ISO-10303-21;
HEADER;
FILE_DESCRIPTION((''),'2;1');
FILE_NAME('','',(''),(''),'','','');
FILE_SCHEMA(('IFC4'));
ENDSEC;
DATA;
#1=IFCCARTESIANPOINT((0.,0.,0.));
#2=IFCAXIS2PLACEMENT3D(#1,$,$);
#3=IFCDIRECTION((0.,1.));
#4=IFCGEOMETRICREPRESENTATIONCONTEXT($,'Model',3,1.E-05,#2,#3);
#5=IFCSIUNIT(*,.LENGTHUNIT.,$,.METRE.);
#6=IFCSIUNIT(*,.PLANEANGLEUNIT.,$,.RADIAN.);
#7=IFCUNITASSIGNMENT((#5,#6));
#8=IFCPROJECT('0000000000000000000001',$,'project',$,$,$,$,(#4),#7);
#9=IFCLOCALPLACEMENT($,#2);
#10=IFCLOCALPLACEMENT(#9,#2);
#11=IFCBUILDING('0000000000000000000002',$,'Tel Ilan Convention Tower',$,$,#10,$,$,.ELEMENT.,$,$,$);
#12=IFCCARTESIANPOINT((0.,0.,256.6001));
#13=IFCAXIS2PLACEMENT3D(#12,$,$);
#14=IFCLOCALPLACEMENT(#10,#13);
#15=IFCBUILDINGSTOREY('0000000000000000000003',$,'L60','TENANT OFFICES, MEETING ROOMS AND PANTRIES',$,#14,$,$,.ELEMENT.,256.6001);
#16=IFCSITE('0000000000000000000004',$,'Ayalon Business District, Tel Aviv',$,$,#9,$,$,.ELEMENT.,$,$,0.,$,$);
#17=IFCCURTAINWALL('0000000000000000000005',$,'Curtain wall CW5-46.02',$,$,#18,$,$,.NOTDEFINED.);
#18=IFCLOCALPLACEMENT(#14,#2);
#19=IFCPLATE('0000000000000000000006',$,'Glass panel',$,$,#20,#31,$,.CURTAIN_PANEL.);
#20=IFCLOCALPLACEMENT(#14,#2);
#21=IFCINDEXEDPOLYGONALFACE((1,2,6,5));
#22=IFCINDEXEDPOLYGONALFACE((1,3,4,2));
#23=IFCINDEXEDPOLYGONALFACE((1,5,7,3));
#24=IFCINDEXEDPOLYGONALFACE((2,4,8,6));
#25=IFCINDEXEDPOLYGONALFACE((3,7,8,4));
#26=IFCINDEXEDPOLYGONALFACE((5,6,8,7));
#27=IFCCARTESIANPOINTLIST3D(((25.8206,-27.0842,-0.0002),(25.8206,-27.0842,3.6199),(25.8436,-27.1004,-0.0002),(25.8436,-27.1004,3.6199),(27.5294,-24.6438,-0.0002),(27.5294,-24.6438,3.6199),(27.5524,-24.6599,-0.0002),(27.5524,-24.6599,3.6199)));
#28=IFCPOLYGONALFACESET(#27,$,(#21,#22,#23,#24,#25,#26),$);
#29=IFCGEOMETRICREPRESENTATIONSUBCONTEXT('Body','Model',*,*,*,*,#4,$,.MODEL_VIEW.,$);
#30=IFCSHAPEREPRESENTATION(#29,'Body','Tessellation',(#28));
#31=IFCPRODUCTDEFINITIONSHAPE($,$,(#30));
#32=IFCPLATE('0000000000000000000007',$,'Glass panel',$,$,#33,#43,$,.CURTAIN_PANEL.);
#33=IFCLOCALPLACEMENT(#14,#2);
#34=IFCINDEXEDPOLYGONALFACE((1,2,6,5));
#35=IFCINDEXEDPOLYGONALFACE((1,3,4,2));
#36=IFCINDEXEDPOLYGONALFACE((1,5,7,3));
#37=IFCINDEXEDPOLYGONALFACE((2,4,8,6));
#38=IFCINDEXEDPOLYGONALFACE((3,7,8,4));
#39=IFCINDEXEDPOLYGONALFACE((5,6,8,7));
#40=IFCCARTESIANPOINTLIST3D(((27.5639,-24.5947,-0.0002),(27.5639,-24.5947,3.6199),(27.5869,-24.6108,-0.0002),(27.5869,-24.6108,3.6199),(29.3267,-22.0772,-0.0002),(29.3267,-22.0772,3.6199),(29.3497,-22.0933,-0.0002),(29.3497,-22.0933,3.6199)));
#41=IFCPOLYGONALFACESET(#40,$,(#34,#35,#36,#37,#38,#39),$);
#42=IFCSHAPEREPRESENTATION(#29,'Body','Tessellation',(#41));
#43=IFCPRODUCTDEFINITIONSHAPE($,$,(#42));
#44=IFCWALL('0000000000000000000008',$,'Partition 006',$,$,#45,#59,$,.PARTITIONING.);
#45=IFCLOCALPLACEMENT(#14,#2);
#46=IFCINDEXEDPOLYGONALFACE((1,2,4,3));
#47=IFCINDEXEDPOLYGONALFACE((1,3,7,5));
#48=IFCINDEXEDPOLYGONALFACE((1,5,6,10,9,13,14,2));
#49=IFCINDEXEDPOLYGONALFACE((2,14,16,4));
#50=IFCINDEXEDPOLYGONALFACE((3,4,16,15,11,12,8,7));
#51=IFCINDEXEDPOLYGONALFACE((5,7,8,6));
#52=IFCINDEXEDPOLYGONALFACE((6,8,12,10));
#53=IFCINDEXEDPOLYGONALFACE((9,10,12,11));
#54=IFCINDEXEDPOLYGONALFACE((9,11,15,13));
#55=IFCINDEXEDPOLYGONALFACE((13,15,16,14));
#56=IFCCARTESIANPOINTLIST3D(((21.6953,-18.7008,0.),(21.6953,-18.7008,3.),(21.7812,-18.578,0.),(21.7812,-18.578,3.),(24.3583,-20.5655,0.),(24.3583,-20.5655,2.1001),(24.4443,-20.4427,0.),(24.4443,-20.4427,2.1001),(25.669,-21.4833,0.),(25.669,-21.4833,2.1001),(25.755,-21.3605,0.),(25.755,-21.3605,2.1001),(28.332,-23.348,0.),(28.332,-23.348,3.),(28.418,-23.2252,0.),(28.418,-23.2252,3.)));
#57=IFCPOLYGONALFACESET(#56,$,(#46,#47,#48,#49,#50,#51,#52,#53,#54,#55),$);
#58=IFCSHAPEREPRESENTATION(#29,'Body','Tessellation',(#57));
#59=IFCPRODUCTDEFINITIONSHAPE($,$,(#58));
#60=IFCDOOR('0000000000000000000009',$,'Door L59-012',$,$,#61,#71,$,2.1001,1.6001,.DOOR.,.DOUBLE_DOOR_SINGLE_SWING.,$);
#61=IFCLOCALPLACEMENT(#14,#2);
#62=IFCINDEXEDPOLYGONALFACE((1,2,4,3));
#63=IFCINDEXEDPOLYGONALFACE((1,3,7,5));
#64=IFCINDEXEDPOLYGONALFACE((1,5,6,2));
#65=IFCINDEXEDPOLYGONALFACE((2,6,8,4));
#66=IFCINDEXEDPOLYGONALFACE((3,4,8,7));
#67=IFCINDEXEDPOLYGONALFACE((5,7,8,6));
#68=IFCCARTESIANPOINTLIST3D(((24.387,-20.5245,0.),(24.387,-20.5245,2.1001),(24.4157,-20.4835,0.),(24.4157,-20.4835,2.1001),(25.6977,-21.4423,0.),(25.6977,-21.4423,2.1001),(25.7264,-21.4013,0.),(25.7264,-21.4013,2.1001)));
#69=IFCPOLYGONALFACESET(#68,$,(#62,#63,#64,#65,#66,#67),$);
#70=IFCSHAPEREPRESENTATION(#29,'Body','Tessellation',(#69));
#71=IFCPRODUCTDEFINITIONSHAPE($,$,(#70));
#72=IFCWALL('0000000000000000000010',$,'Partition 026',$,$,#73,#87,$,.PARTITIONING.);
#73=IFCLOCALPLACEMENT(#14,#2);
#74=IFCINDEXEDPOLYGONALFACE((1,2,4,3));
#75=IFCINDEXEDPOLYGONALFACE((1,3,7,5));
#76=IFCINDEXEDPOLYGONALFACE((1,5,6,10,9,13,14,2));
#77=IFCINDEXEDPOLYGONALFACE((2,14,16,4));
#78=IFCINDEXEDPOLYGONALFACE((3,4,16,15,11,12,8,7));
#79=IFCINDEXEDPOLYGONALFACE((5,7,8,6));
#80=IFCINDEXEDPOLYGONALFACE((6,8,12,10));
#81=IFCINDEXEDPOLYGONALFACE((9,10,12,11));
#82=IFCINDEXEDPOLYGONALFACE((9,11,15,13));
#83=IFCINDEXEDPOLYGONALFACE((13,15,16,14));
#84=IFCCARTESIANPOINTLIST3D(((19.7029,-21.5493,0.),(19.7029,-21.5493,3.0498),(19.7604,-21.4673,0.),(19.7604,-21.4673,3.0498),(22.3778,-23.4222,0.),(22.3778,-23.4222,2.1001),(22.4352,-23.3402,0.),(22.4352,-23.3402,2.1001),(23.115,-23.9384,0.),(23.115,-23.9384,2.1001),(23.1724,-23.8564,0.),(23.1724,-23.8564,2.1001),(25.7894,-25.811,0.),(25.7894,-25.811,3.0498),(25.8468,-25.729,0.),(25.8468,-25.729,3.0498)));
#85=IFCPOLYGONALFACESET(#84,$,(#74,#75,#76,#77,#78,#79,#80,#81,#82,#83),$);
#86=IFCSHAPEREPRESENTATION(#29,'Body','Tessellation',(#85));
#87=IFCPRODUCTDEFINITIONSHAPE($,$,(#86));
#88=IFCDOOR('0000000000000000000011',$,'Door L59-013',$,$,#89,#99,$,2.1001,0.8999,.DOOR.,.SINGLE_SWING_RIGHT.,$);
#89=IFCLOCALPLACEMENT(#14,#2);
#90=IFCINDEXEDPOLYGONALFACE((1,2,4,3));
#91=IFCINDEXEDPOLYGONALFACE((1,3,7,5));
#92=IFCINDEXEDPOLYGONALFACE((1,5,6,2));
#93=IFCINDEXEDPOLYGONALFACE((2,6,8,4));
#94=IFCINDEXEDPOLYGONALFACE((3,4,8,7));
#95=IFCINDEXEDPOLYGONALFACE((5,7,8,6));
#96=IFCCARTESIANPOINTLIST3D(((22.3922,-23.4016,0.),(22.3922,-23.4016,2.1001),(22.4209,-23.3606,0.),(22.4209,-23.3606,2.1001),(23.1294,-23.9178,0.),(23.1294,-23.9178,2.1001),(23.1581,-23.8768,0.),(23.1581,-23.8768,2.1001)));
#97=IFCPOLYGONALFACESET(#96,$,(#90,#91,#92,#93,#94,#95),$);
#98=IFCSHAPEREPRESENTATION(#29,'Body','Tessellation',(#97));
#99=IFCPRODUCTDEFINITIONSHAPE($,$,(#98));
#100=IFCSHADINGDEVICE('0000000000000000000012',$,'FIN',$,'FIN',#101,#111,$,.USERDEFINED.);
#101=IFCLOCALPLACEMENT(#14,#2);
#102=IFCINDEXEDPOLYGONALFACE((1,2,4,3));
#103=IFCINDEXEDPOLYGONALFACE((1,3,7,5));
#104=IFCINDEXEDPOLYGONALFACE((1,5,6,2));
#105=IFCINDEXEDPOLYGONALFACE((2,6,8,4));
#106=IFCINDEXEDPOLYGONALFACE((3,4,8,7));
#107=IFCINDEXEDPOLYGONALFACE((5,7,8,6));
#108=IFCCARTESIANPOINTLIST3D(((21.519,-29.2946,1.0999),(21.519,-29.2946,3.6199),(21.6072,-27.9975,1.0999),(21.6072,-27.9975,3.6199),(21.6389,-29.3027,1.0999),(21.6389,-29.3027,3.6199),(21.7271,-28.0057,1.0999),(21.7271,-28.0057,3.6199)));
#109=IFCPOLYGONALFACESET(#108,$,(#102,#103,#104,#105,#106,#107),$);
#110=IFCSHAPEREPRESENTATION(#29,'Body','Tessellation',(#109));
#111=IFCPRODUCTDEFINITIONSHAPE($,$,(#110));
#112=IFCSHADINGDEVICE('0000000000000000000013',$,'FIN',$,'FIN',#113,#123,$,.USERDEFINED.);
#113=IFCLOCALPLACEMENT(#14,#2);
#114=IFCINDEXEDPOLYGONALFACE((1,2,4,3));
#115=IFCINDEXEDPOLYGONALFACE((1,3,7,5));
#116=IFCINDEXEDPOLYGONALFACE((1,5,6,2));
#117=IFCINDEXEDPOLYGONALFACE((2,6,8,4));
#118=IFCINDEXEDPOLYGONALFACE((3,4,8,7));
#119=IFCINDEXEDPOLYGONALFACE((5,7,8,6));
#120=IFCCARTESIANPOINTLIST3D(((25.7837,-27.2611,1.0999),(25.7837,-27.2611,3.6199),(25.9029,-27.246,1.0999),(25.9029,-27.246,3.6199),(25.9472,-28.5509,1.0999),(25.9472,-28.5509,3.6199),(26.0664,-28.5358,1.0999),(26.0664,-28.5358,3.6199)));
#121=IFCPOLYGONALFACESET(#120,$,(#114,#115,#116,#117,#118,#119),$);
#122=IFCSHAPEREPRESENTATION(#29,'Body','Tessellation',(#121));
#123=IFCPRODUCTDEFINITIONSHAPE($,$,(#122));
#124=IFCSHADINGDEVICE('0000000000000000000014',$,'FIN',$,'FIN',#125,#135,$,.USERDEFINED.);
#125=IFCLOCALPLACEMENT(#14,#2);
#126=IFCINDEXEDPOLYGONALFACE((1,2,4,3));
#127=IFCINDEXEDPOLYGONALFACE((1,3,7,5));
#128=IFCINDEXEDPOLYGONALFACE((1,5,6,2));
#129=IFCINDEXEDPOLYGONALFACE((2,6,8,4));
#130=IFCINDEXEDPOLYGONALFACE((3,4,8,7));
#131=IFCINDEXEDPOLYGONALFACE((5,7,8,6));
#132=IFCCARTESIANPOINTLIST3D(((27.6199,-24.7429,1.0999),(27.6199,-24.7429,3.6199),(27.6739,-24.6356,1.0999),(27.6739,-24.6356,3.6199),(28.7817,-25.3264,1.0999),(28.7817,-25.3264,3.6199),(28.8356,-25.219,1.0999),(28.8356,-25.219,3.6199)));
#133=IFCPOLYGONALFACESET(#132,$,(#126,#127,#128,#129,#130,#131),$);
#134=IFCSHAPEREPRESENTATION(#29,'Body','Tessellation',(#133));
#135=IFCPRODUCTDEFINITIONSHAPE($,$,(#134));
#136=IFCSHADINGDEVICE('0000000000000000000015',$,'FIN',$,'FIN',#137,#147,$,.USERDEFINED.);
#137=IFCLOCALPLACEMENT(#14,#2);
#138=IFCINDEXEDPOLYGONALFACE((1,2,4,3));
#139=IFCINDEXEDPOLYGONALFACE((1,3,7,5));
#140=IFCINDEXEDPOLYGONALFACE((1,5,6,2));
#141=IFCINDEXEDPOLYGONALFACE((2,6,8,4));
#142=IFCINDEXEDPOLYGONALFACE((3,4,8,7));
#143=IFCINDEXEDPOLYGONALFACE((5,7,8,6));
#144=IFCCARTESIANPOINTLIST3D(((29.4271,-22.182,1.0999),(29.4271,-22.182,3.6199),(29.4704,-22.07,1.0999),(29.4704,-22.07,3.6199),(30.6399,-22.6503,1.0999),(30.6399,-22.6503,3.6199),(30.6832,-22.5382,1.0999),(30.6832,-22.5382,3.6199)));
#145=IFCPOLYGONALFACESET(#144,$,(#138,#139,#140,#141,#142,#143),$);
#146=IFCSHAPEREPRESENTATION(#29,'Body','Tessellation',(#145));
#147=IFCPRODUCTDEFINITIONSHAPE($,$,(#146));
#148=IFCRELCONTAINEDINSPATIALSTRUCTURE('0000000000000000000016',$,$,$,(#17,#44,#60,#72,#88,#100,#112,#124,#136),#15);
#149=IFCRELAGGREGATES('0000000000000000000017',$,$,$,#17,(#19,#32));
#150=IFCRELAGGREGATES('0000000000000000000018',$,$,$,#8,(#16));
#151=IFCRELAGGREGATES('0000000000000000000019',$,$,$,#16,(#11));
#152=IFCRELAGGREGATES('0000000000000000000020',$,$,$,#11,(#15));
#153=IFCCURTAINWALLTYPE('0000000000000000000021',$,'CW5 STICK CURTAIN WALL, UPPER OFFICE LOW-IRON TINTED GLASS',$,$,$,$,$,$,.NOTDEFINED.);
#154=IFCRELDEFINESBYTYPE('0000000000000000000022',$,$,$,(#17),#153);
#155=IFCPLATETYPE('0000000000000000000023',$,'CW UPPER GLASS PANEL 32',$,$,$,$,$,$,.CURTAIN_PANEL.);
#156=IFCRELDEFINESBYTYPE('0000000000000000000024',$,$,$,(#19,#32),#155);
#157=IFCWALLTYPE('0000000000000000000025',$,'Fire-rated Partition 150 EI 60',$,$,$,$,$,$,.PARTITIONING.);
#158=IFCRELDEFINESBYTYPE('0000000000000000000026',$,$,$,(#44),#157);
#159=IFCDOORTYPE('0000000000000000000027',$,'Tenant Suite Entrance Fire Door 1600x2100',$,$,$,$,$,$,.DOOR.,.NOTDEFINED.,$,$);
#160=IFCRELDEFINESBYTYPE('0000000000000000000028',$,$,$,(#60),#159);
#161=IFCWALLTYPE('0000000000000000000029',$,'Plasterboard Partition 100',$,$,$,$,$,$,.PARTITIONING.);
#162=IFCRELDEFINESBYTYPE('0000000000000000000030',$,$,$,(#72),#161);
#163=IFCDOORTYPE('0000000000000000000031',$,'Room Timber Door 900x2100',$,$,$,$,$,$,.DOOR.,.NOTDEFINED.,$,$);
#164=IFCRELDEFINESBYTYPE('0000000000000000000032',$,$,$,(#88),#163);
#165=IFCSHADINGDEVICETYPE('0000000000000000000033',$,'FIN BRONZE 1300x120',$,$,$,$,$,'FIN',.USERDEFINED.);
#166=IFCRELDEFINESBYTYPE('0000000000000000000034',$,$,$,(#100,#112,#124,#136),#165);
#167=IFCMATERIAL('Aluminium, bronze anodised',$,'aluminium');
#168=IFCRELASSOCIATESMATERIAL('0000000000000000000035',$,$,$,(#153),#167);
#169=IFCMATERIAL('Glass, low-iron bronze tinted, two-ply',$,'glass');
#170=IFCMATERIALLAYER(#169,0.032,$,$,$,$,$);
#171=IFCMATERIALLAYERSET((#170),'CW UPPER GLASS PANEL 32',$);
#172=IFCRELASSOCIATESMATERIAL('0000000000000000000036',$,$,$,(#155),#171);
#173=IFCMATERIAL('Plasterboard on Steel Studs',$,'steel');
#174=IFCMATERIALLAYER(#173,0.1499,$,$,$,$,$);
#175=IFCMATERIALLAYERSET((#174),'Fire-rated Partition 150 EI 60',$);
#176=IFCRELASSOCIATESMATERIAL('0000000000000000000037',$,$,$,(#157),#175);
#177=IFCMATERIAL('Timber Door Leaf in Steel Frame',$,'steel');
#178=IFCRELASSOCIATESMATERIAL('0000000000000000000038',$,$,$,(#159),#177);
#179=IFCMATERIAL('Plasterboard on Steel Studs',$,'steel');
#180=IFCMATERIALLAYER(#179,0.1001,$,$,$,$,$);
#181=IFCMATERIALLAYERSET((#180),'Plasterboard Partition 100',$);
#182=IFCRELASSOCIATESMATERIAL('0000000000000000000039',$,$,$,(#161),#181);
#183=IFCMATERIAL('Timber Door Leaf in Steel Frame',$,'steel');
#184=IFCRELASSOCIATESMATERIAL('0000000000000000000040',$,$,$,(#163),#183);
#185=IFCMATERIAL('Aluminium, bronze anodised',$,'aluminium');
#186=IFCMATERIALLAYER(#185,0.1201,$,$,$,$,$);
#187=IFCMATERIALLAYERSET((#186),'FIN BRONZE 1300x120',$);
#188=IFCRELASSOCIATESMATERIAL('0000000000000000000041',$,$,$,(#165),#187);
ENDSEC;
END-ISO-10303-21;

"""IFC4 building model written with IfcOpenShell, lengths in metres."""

from ifc_helpers import new_model, si_unit, direction, frame, frame_2d, origin, origin_2d, place, context, subcontext, project, spatial, rectangle, extrude, material, layer, layer_set, type_object, element, fill, aggregate, save


model = new_model("IFC4")

# Units and contexts
model_context = context("Model", 3, precision=1e-05, world=origin(), true_north=direction((0.0, 1.0)))
body_context = subcontext(model_context, "Body", "Model", "MODEL_VIEW")
ifc_project = project(units=[si_unit("LENGTHUNIT", "METRE"), si_unit("PLANEANGLEUNIT", "RADIAN")], contexts=[model_context])

# Site, building, storey
site_placement = place(None, origin())
site = spatial("IfcSite", under=ifc_project, at=site_placement, Name="Ayalon Business District, Tel Aviv", CompositionType="ELEMENT", RefElevation=0.0)
building_placement = place(site_placement, origin())
building = spatial("IfcBuilding", under=site, at=building_placement, Name="Tel Ilan Convention Tower", CompositionType="ELEMENT")
storey_placement = place(building_placement, frame((0.0, 0.0, 256.6001)))
storey = spatial("IfcBuildingStorey", under=building, at=storey_placement, Name="L60", Description="TENANT OFFICES, MEETING ROOMS AND PANTRIES", CompositionType="ELEMENT", Elevation=256.6001)

# Curtain wall, plates
ifc_material_1 = material(Name="Aluminium, bronze anodised", Category="aluminium")
curtain_wall_type = type_object("IfcCurtainWallType", Name="CW5 STICK CURTAIN WALL, UPPER OFFICE LOW-IRON TINTED GLASS", PredefinedType="NOTDEFINED", material=ifc_material_1)
curtain_wall_placement = place(storey_placement, origin())
curtain_wall = element("IfcCurtainWall", 1, at=curtain_wall_placement, inside=storey, type_object=curtain_wall_type, Name="Curtain wall CW5-46.02", PredefinedType="NOTDEFINED")
ifc_material_2 = material(Name="Glass, low-iron bronze tinted, two-ply", Category="glass")
ifc_layer_1 = layer(ifc_material_2, 0.032)
ifc_layer_set_1 = layer_set([ifc_layer_1], Name="CW UPPER GLASS PANEL 32")
plate_type = type_object("IfcPlateType", Name="CW UPPER GLASS PANEL 32", PredefinedType="CURTAIN_PANEL", material=ifc_layer_set_1)
plate_1_placement = place(storey_placement, frame((26.6865, -25.8721, -0.0002), z_axis=(0.0, 0.0, 1.0), x_axis=(0.573576, 0.819152, 0.0)))
plate_1 = element("IfcPlate", 2, at=plate_1_placement, type_object=plate_type, Name="Glass panel", PredefinedType="CURTAIN_PANEL", context=body_context, shape_type="SweptSolid", body=[
    extrude(rectangle(XDim=2.9792, YDim=0.0281, at=origin_2d()), origin(), (0.0, 0.0, 1.0), 3.6201),
])
plate_2_placement = place(storey_placement, frame((28.4568, -23.344, -0.0002), z_axis=(0.0, 0.0, 1.0), x_axis=(0.573576, 0.819152, 0.0)))
plate_2 = element("IfcPlate", 3, at=plate_2_placement, type_object=plate_type, Name="Glass panel", PredefinedType="CURTAIN_PANEL", context=body_context, shape_type="SweptSolid", body=[
    extrude(rectangle(XDim=3.0732, YDim=0.0281, at=origin_2d()), origin(), (0.0, 0.0, 1.0), 3.6201),
])
aggregate(curtain_wall, [plate_1, plate_2])

# Walls, openings, doors
ifc_material_3 = material(Name="Plasterboard on Steel Studs", Category="steel")
ifc_layer_2 = layer(ifc_material_3, 0.1499)
ifc_layer_set_2 = layer_set([ifc_layer_2], Name="Fire-rated Partition 150 EI 60")
wall_type_1 = type_object("IfcWallType", Name="Fire-rated Partition 150 EI 60", PredefinedType="PARTITIONING", material=ifc_layer_set_2)
wall_1_placement = place(storey_placement, frame((28.375, -23.2866, 0.0), z_axis=(0.0, 0.0, 1.0), x_axis=(-0.819144, 0.573588, 0.0)))
wall_1 = element("IfcWall", 4, at=wall_1_placement, inside=storey, type_object=wall_type_1, Name="Partition 006", PredefinedType="PARTITIONING", context=body_context, shape_type="SweptSolid", body=[
    extrude(rectangle(XDim=8.1021, YDim=0.1499, at=frame_2d((4.051, 0.0))), origin(), (0.0, 0.0, 1.0), 3.0),
])
opening_1_placement = place(wall_1_placement, frame((3.251, 0.0, 0.0)))
opening_1 = element("IfcOpeningElement", 5, at=opening_1_placement, cuts=wall_1, PredefinedType="OPENING", context=body_context, shape_type="SweptSolid", body=[
    extrude(rectangle(XDim=1.6001, YDim=2.1001, at=frame_2d((0.8, 1.05))), frame((0.0, 0.085, 0.0), z_axis=(0.0, -1.0, 0.0), x_axis=(1.0, 0.0, 0.0)), (0.0, 0.0, 1.0), 0.1699),
])
ifc_material_4 = material(Name="Timber Door Leaf in Steel Frame", Category="steel")
door_type_1 = type_object("IfcDoorType", Name="Tenant Suite Entrance Fire Door 1600x2100", OperationType="NOTDEFINED", PredefinedType="DOOR", material=ifc_material_4)
door_1_placement = place(opening_1_placement, origin())
door_1 = element("IfcDoor", 6, at=door_1_placement, inside=storey, type_object=door_type_1, Name="Door L59-012", OperationType="DOUBLE_DOOR_SINGLE_SWING", OverallHeight=2.1001, OverallWidth=1.6001, PredefinedType="DOOR", context=body_context, shape_type="SweptSolid", body=[
    extrude(rectangle(XDim=1.6001, YDim=2.1001, at=frame_2d((0.8, 1.05))), frame((0.0, 0.0249, 0.0), z_axis=(0.0, -1.0, 0.0), x_axis=(1.0, 0.0, 0.0)), (0.0, 0.0, 1.0), 0.05),
])
fill(opening_1, door_1)
ifc_material_5 = material(Name="Plasterboard on Steel Studs", Category="steel")
ifc_layer_3 = layer(ifc_material_5, 0.1001)
ifc_layer_set_3 = layer_set([ifc_layer_3], Name="Plasterboard Partition 100")
wall_type_2 = type_object("IfcWallType", Name="Plasterboard Partition 100", PredefinedType="PARTITIONING", material=ifc_layer_set_3)
wall_2_placement = place(storey_placement, frame((25.8181, -25.77, 0.0), z_axis=(0.0, 0.0, 1.0), x_axis=(-0.819155, 0.573573, 0.0)))
wall_2 = element("IfcWall", 7, at=wall_2_placement, inside=storey, type_object=wall_type_2, Name="Partition 026", PredefinedType="PARTITIONING", context=body_context, shape_type="SweptSolid", body=[
    extrude(rectangle(XDim=7.4302, YDim=0.1001, at=frame_2d((3.7151, 0.0))), origin(), (0.0, 0.0, 1.0), 3.0498),
])
opening_2_placement = place(wall_2_placement, frame((3.2649, 0.0, 0.0)))
opening_2 = element("IfcOpeningElement", 8, at=opening_2_placement, cuts=wall_2, PredefinedType="OPENING", context=body_context, shape_type="SweptSolid", body=[
    extrude(rectangle(XDim=0.8999, YDim=2.1001, at=frame_2d((0.45, 1.05))), frame((0.0, 0.0601, 0.0), z_axis=(0.0, -1.0, 0.0), x_axis=(1.0, 0.0, 0.0)), (0.0, 0.0, 1.0), 0.1201),
])
ifc_material_6 = material(Name="Timber Door Leaf in Steel Frame", Category="steel")
door_type_2 = type_object("IfcDoorType", Name="Room Timber Door 900x2100", OperationType="NOTDEFINED", PredefinedType="DOOR", material=ifc_material_6)
door_2_placement = place(opening_2_placement, origin())
door_2 = element("IfcDoor", 9, at=door_2_placement, inside=storey, type_object=door_type_2, Name="Door L59-013", OperationType="SINGLE_SWING_RIGHT", OverallHeight=2.1001, OverallWidth=0.8999, PredefinedType="DOOR", context=body_context, shape_type="SweptSolid", body=[
    extrude(rectangle(XDim=0.8999, YDim=2.1001, at=frame_2d((0.45, 1.05))), frame((0.0, 0.0249, 0.0), z_axis=(0.0, -1.0, 0.0), x_axis=(1.0, 0.0, 0.0)), (0.0, 0.0, 1.0), 0.05),
])
fill(opening_2, door_2)

# Shading devices
ifc_material_7 = material(Name="Aluminium, bronze anodised", Category="aluminium")
ifc_layer_4 = layer(ifc_material_7, 0.1201)
ifc_layer_set_4 = layer_set([ifc_layer_4], Name="FIN BRONZE 1300x120")
shading_device_type = type_object("IfcShadingDeviceType", Name="FIN BRONZE 1300x120", ElementType="FIN", PredefinedType="USERDEFINED", material=ifc_layer_set_4)
for number, where, z_axis, x_axis, name in (
    (10, (21.623, -28.6501, 1.0999), (0.0, 0.0, 1.0), (-0.067822, -0.997697, 0.0), "FIN"),
    (11, (25.925, -27.8984, 1.0999), (0.0, 0.0, 1.0), (0.125718, -0.992066, 0.0), "FIN"),
    (12, (28.2278, -24.981, 1.0999), (0.0, 0.0, 1.0), (0.893633, -0.448799, 0.0), "FIN"),
    (13, (30.0552, -22.3601, 1.0999), (0.0, 0.0, 1.0), (0.932884, -0.360178, 0.0), "FIN"),
):
    element("IfcShadingDevice", number, at=place(storey_placement, frame(where, z_axis=z_axis, x_axis=x_axis)), inside=storey, type_object=shading_device_type, Name=name, ObjectType="FIN", PredefinedType="USERDEFINED", context=body_context, shape_type="SweptSolid", body=[
        extrude(rectangle(XDim=1.3, YDim=0.1201, at=origin_2d()), origin(), (0.0, 0.0, 1.0), 2.52),
    ])

save(model, "model.ifc")
